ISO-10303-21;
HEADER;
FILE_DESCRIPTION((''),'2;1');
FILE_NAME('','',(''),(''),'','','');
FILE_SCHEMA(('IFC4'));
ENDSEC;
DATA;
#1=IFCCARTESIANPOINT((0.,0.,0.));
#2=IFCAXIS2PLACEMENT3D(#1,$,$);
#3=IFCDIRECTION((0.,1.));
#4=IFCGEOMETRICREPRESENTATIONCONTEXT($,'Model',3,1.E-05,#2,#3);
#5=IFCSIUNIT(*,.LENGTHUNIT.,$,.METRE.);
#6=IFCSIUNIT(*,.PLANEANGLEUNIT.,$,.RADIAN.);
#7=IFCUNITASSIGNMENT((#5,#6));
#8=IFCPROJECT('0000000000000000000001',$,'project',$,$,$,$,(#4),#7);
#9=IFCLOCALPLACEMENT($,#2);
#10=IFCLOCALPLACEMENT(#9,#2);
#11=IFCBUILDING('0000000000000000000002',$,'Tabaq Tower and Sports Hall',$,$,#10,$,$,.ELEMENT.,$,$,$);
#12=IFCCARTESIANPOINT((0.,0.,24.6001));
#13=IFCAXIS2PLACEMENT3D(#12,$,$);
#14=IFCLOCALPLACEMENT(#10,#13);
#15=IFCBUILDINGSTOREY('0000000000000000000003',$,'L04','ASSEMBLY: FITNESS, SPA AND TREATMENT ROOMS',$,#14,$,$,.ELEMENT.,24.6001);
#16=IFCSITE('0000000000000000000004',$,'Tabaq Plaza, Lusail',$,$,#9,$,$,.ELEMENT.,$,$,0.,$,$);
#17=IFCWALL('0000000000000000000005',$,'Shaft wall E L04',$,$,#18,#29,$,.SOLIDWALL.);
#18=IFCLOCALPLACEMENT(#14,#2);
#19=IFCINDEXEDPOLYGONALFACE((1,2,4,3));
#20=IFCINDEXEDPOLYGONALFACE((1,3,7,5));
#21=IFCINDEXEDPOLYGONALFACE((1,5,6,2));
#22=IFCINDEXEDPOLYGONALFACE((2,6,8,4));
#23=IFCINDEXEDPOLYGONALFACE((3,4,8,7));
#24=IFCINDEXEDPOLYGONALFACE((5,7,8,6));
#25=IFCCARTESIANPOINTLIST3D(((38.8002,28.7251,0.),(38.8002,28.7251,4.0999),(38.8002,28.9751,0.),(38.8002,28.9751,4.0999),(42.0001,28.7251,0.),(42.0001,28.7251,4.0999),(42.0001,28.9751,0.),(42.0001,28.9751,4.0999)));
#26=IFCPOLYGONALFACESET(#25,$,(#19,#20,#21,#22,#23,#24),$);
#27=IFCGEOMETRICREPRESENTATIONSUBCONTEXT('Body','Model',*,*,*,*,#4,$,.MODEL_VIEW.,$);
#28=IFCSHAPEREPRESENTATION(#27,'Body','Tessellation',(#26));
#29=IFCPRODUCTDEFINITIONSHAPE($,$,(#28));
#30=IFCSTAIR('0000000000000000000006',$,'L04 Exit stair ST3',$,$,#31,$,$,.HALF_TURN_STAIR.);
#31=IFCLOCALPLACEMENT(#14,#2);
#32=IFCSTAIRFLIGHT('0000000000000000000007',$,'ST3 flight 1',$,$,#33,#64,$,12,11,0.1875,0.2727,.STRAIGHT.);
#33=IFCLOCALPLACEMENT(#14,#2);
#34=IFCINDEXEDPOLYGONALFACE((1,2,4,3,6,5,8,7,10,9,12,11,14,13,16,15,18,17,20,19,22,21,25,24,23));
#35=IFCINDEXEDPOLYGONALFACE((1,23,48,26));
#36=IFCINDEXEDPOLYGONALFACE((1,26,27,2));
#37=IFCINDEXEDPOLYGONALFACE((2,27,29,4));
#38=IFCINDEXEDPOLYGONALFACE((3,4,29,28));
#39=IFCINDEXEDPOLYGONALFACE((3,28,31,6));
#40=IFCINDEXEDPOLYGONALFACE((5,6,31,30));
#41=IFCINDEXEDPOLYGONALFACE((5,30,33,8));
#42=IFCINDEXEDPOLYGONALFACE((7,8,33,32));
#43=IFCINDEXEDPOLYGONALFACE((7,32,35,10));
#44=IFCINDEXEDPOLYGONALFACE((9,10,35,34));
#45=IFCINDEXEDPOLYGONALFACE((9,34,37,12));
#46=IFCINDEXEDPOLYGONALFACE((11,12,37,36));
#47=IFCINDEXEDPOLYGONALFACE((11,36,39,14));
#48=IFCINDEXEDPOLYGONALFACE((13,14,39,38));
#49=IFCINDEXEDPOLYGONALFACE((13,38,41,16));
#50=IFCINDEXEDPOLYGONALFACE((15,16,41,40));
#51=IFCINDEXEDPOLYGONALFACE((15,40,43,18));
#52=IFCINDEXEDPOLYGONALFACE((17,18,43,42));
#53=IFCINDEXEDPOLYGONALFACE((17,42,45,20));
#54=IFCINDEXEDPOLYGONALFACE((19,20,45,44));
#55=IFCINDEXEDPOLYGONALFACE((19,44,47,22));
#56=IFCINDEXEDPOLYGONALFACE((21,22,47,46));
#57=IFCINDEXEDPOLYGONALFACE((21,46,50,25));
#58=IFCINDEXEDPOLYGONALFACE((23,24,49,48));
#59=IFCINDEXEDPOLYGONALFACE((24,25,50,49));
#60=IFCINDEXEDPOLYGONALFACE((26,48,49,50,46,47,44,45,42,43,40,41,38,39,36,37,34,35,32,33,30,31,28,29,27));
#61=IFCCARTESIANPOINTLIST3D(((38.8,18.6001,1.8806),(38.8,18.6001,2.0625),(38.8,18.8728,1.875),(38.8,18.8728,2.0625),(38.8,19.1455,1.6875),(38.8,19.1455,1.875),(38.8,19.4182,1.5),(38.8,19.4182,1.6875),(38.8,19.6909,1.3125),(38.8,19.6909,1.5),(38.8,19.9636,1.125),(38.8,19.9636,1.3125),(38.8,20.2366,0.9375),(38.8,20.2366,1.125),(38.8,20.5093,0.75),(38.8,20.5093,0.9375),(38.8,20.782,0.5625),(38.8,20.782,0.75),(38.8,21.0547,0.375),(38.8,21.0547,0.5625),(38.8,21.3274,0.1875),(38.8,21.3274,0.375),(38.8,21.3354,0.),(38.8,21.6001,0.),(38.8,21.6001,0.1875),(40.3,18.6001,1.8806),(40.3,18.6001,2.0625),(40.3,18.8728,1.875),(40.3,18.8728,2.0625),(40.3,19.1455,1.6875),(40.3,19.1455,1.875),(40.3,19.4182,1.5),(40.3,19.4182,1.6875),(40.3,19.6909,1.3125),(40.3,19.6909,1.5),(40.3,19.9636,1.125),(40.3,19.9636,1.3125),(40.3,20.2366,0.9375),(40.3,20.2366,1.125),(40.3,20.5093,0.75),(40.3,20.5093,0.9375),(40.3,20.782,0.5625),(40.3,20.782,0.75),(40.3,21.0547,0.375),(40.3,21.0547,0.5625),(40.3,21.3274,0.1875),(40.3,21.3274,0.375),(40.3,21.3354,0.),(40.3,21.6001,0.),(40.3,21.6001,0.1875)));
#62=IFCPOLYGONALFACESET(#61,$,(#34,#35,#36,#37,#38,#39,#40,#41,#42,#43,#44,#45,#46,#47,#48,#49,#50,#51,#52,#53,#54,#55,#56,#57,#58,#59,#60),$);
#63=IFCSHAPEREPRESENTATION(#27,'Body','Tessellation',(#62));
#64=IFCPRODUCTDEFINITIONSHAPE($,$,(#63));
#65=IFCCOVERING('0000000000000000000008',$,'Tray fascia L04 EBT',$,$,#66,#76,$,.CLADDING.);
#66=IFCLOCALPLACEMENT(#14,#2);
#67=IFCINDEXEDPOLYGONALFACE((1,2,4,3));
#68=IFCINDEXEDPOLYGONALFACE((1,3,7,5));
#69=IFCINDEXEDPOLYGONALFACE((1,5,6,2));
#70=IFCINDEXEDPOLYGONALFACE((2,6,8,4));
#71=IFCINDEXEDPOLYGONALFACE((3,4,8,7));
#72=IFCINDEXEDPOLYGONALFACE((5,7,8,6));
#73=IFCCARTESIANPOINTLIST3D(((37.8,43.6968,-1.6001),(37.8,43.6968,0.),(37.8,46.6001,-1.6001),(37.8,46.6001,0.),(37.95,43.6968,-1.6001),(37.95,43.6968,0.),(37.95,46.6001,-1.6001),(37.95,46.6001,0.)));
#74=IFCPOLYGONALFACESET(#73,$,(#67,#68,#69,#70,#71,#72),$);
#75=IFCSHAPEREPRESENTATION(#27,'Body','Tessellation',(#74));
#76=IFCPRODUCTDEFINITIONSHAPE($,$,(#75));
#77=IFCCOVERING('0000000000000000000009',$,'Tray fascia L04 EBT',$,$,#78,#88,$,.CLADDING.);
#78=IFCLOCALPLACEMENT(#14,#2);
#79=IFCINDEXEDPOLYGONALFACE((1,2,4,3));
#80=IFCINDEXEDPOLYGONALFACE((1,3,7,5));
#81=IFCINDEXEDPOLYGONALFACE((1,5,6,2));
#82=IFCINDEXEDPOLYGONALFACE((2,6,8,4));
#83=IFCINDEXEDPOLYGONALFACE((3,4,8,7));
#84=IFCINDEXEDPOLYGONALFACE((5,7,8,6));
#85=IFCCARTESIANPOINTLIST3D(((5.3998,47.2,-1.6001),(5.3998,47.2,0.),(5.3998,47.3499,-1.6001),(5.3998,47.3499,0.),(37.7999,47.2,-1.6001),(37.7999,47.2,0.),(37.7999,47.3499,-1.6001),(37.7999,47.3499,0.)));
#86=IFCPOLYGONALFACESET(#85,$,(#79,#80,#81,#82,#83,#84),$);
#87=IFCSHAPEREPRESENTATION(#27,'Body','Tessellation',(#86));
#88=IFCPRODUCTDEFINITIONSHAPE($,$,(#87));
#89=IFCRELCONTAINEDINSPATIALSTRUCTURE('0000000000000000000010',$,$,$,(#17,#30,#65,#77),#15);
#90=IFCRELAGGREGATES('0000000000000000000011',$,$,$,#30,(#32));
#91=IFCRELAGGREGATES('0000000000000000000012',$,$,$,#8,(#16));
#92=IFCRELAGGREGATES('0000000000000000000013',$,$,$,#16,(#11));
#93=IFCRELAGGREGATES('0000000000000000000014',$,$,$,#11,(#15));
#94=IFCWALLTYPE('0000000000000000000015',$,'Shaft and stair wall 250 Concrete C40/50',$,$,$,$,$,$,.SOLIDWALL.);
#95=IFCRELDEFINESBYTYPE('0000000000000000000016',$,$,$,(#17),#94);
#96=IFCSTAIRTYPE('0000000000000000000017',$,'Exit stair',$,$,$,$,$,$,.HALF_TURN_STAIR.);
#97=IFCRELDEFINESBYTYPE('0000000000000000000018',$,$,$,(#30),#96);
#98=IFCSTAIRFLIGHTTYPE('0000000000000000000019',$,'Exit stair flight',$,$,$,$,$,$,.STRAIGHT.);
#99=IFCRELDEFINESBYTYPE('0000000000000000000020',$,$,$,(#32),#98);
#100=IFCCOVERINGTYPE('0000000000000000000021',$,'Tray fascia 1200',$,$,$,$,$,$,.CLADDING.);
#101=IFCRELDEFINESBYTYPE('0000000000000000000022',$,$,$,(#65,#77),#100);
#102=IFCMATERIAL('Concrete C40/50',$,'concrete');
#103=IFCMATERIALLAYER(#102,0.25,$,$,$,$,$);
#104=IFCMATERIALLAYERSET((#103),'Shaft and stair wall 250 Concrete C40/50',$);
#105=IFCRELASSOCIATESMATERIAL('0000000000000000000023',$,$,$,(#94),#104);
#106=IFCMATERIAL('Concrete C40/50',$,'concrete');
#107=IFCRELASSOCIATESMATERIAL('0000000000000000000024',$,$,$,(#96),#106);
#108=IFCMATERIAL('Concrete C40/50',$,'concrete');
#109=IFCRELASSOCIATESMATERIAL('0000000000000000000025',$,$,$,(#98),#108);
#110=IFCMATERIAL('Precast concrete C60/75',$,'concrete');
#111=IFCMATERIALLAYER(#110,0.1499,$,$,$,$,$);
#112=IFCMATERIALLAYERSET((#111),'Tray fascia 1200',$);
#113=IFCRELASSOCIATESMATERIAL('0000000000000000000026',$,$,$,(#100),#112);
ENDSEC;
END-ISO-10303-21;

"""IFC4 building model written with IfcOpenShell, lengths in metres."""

from ifc_helpers import new_model, si_unit, direction, frame, frame_2d, origin, place, context, subcontext, project, spatial, polyline, rectangle, outline, extrude, material, layer, layer_set, type_object, element, aggregate, save


model = new_model("IFC4")

# Units and contexts
model_context = context("Model", 3, precision=1e-05, world=origin(), true_north=direction((0.0, 1.0)))
body_context = subcontext(model_context, "Body", "Model", "MODEL_VIEW")
ifc_project = project(units=[si_unit("LENGTHUNIT", "METRE"), si_unit("PLANEANGLEUNIT", "RADIAN")], contexts=[model_context])

# Site, building, storey
site_placement = place(None, origin())
site = spatial("IfcSite", under=ifc_project, at=site_placement, Name="Tabaq Plaza, Lusail", CompositionType="ELEMENT", RefElevation=0.0)
building_placement = place(site_placement, origin())
building = spatial("IfcBuilding", under=site, at=building_placement, Name="Tabaq Tower and Sports Hall", CompositionType="ELEMENT")
storey_placement = place(building_placement, frame((0.0, 0.0, 24.6001)))
storey = spatial("IfcBuildingStorey", under=building, at=storey_placement, Name="L04", Description="ASSEMBLY: FITNESS, SPA AND TREATMENT ROOMS", CompositionType="ELEMENT", Elevation=24.6001)

# Wall
ifc_material_1 = material(Name="Concrete C40/50", Category="concrete")
ifc_layer_1 = layer(ifc_material_1, 0.25)
ifc_layer_set_1 = layer_set([ifc_layer_1], Name="Shaft and stair wall 250 Concrete C40/50")
wall_type_1 = type_object("IfcWallType", Name="Shaft and stair wall 250 Concrete C40/50", PredefinedType="SOLIDWALL", material=ifc_layer_set_1)
for number, where, z_axis, x_axis, name in (
    (1, (38.8, 28.8501, 0.0), (0.0, 0.0, 1.0), (1.0, 0.0, 0.0), "Shaft wall E L04"),
):
    element("IfcWall", number, at=place(storey_placement, frame(where, z_axis=z_axis, x_axis=x_axis)), inside=storey, type_object=wall_type_1, Name=name, PredefinedType="SOLIDWALL", context=body_context, shape_type="SweptSolid", body=[
        extrude(rectangle(XDim=3.2, YDim=0.25, at=frame_2d((1.6001, 0.0))), origin(), (0.0, 0.0, 1.0), 4.0999),
    ])

# Stair, stair flight
ifc_material_2 = material(Name="Concrete C40/50", Category="concrete")
stair_type = type_object("IfcStairType", Name="Exit stair", PredefinedType="HALF_TURN_STAIR", material=ifc_material_2)
stair_placement = place(storey_placement, origin())
stair = element("IfcStair", 2, at=stair_placement, inside=storey, type_object=stair_type, Name="L04 Exit stair ST3", PredefinedType="HALF_TURN_STAIR")
ifc_material_3 = material(Name="Concrete C40/50", Category="concrete")
stair_flight_type = type_object("IfcStairFlightType", Name="Exit stair flight", PredefinedType="STRAIGHT", material=ifc_material_3)
stair_flight_placement = place(storey_placement, frame((39.55, 21.6001, 0.0), z_axis=(0.0, 0.0, 1.0), x_axis=(0.0, -1.0, 0.0)))
stair_flight = element("IfcStairFlight", 3, at=stair_flight_placement, type_object=stair_flight_type, Name="ST3 flight 1", NumberOfRisers=12, NumberOfTreads=11, PredefinedType="STRAIGHT", RiserHeight=0.1875, TreadLength=0.2727, context=body_context, shape_type="SweptSolid", body=[
    extrude(outline(polyline([(0.0, 0.0), (0.0, 0.1875), (0.2727, 0.1875), (0.2727, 0.375), (0.5454, 0.375), (0.5454, 0.5625), (0.8181, 0.5625), (0.8181, 0.75), (1.0908, 0.75), (1.0908, 0.9375), (1.3635, 0.9375), (1.3635, 1.125), (1.6365, 1.125), (1.6365, 1.3125), (1.9092, 1.3125), (1.9092, 1.5), (2.1819, 1.5), (2.1819, 1.6875), (2.4546, 1.6875), (2.4546, 1.875), (2.7273, 1.875), (2.7273, 2.0625), (3.0, 2.0625), (3.0, 2.25), (3.0, 1.8806), (0.2646, 0.0), (0.0, 0.0)])), frame((0.0, 0.75, 0.0), z_axis=(0.0, -1.0, 0.0), x_axis=(1.0, 0.0, 0.0)), (0.0, 0.0, 1.0), 1.5),
])
aggregate(stair, [stair_flight])

# Coverings
ifc_material_4 = material(Name="Precast concrete C60/75", Category="concrete")
ifc_layer_2 = layer(ifc_material_4, 0.1499)
ifc_layer_set_2 = layer_set([ifc_layer_2], Name="Tray fascia 1200")
covering_type = type_object("IfcCoveringType", Name="Tray fascia 1200", PredefinedType="CLADDING", material=ifc_layer_set_2)
covering_1_placement = place(storey_placement, frame((37.875, 43.6968, -1.6001), z_axis=(0.0, 0.0, 1.0), x_axis=(0.0, 1.0, 0.0)))
element("IfcCovering", 4, at=covering_1_placement, inside=storey, type_object=covering_type, Name="Tray fascia L04 EBT", PredefinedType="CLADDING", context=body_context, shape_type="SweptSolid", body=[
    extrude(rectangle(XDim=2.9033, YDim=0.1499, at=frame_2d((1.4517, 0.0))), origin(), (0.0, 0.0, 1.0), 1.6001),
])
covering_2_placement = place(storey_placement, frame((37.8, 47.2749, -1.6001), z_axis=(0.0, 0.0, 1.0), x_axis=(-1.0, 0.0, 0.0)))
element("IfcCovering", 5, at=covering_2_placement, inside=storey, type_object=covering_type, Name="Tray fascia L04 EBT", PredefinedType="CLADDING", context=body_context, shape_type="SweptSolid", body=[
    extrude(rectangle(XDim=32.4001, YDim=0.1499, at=frame_2d((16.2002, 0.0))), origin(), (0.0, 0.0, 1.0), 1.6001),
])

save(model, "model.ifc")
